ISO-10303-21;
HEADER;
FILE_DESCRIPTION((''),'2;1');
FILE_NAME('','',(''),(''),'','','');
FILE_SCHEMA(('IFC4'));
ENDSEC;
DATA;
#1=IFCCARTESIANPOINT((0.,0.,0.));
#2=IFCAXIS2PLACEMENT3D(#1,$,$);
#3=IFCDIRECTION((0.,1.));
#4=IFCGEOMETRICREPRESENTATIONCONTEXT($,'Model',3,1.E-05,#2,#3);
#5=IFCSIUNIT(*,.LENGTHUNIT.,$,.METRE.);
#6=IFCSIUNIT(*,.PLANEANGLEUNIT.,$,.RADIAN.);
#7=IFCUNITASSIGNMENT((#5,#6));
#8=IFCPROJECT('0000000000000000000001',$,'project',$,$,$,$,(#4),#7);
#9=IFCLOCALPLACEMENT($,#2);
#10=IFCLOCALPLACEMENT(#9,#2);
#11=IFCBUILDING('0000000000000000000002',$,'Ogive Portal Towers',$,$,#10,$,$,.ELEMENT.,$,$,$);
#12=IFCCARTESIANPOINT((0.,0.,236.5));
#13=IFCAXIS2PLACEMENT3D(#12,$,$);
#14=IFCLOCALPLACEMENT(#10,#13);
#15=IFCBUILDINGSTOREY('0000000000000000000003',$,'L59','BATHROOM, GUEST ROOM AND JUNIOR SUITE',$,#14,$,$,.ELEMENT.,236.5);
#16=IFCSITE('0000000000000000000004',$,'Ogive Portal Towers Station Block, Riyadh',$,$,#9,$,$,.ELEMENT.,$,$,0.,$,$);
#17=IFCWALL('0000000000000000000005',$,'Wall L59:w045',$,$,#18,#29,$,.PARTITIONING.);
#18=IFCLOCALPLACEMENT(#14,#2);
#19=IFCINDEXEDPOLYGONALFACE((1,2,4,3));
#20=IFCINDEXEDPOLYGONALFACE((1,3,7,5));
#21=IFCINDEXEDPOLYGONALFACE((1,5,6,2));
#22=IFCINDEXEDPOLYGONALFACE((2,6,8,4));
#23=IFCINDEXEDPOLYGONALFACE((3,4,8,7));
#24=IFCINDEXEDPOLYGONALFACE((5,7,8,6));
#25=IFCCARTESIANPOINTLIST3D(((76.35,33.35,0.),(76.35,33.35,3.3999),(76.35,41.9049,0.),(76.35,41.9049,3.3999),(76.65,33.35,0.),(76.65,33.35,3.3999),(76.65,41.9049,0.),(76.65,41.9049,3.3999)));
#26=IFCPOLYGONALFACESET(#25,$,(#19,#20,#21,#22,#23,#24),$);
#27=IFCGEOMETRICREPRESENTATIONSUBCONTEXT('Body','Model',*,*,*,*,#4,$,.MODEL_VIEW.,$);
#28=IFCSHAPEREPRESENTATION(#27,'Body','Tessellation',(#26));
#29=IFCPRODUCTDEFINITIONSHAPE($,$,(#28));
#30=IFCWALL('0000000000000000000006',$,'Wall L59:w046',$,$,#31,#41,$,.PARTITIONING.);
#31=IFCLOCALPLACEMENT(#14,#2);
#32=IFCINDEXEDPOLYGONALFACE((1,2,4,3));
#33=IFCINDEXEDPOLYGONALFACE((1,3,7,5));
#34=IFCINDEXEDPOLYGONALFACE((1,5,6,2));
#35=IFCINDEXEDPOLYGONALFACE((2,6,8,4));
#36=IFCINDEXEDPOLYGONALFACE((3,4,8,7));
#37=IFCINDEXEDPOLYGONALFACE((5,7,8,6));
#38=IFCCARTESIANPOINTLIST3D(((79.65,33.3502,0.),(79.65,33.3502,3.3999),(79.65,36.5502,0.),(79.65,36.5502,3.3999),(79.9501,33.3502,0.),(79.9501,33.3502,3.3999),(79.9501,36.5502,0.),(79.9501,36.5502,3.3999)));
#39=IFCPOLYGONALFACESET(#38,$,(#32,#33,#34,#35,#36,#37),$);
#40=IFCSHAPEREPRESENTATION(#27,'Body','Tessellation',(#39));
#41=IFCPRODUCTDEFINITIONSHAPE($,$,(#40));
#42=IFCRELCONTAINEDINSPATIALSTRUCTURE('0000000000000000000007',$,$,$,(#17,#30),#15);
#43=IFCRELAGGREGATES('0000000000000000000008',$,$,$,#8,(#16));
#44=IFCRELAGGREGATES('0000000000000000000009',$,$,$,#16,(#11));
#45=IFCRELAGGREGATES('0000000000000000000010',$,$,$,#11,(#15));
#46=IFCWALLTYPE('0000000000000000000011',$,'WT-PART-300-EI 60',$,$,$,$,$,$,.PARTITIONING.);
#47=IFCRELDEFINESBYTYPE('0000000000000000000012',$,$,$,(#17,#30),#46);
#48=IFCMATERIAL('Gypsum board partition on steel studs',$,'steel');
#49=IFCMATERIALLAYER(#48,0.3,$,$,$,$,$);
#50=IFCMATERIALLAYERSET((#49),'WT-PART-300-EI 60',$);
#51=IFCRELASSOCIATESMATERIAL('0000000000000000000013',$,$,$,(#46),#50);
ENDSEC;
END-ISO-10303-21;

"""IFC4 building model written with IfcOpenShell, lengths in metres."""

from ifc_helpers import new_model, si_unit, direction, frame, frame_2d, origin, place, context, subcontext, project, spatial, rectangle, extrude, material, layer, layer_set, type_object, element, save


model = new_model("IFC4")

# Units and contexts
model_context = context("Model", 3, precision=1e-05, world=origin(), true_north=direction((0.0, 1.0)))
body_context = subcontext(model_context, "Body", "Model", "MODEL_VIEW")
ifc_project = project(units=[si_unit("LENGTHUNIT", "METRE"), si_unit("PLANEANGLEUNIT", "RADIAN")], contexts=[model_context])

# Site, building, storey
site_placement = place(None, origin())
site = spatial("IfcSite", under=ifc_project, at=site_placement, Name="Ogive Portal Towers Station Block, Riyadh", CompositionType="ELEMENT", RefElevation=0.0)
building_placement = place(site_placement, origin())
building = spatial("IfcBuilding", under=site, at=building_placement, Name="Ogive Portal Towers", CompositionType="ELEMENT")
storey_placement = place(building_placement, frame((0.0, 0.0, 236.5)))
storey = spatial("IfcBuildingStorey", under=building, at=storey_placement, Name="L59", Description="BATHROOM, GUEST ROOM AND JUNIOR SUITE", CompositionType="ELEMENT", Elevation=236.5)

# Shared definitions
ifc_material_1 = material(Name="Gypsum board partition on steel studs", Category="steel")
ifc_layer_1 = layer(ifc_material_1, 0.3)
ifc_layer_set_1 = layer_set([ifc_layer_1], Name="WT-PART-300-EI 60")
wall_type_1 = type_object("IfcWallType", Name="WT-PART-300-EI 60", PredefinedType="PARTITIONING", material=ifc_layer_set_1)

# Walls
wall_1_placement = place(storey_placement, frame((76.5, 33.3501, 0.0), z_axis=(0.0, 0.0, 1.0), x_axis=(0.0, 1.0, 0.0)))
element("IfcWall", 1, at=wall_1_placement, inside=storey, type_object=wall_type_1, Name="Wall L59:w045", PredefinedType="PARTITIONING", context=body_context, shape_type="SweptSolid", body=[
    extrude(rectangle(XDim=8.5549, YDim=0.3, at=frame_2d((4.2773, 0.0))), origin(), (0.0, 0.0, 1.0), 3.3999),
])
wall_2_placement = place(storey_placement, frame((79.8, 33.3501, 0.0), z_axis=(0.0, 0.0, 1.0), x_axis=(0.0, 1.0, 0.0)))
element("IfcWall", 2, at=wall_2_placement, inside=storey, type_object=wall_type_1, Name="Wall L59:w046", PredefinedType="PARTITIONING", context=body_context, shape_type="SweptSolid", body=[
    extrude(rectangle(XDim=3.2, YDim=0.3, at=frame_2d((1.6001, 0.0))), origin(), (0.0, 0.0, 1.0), 3.3999),
])

save(model, "model.ifc")
